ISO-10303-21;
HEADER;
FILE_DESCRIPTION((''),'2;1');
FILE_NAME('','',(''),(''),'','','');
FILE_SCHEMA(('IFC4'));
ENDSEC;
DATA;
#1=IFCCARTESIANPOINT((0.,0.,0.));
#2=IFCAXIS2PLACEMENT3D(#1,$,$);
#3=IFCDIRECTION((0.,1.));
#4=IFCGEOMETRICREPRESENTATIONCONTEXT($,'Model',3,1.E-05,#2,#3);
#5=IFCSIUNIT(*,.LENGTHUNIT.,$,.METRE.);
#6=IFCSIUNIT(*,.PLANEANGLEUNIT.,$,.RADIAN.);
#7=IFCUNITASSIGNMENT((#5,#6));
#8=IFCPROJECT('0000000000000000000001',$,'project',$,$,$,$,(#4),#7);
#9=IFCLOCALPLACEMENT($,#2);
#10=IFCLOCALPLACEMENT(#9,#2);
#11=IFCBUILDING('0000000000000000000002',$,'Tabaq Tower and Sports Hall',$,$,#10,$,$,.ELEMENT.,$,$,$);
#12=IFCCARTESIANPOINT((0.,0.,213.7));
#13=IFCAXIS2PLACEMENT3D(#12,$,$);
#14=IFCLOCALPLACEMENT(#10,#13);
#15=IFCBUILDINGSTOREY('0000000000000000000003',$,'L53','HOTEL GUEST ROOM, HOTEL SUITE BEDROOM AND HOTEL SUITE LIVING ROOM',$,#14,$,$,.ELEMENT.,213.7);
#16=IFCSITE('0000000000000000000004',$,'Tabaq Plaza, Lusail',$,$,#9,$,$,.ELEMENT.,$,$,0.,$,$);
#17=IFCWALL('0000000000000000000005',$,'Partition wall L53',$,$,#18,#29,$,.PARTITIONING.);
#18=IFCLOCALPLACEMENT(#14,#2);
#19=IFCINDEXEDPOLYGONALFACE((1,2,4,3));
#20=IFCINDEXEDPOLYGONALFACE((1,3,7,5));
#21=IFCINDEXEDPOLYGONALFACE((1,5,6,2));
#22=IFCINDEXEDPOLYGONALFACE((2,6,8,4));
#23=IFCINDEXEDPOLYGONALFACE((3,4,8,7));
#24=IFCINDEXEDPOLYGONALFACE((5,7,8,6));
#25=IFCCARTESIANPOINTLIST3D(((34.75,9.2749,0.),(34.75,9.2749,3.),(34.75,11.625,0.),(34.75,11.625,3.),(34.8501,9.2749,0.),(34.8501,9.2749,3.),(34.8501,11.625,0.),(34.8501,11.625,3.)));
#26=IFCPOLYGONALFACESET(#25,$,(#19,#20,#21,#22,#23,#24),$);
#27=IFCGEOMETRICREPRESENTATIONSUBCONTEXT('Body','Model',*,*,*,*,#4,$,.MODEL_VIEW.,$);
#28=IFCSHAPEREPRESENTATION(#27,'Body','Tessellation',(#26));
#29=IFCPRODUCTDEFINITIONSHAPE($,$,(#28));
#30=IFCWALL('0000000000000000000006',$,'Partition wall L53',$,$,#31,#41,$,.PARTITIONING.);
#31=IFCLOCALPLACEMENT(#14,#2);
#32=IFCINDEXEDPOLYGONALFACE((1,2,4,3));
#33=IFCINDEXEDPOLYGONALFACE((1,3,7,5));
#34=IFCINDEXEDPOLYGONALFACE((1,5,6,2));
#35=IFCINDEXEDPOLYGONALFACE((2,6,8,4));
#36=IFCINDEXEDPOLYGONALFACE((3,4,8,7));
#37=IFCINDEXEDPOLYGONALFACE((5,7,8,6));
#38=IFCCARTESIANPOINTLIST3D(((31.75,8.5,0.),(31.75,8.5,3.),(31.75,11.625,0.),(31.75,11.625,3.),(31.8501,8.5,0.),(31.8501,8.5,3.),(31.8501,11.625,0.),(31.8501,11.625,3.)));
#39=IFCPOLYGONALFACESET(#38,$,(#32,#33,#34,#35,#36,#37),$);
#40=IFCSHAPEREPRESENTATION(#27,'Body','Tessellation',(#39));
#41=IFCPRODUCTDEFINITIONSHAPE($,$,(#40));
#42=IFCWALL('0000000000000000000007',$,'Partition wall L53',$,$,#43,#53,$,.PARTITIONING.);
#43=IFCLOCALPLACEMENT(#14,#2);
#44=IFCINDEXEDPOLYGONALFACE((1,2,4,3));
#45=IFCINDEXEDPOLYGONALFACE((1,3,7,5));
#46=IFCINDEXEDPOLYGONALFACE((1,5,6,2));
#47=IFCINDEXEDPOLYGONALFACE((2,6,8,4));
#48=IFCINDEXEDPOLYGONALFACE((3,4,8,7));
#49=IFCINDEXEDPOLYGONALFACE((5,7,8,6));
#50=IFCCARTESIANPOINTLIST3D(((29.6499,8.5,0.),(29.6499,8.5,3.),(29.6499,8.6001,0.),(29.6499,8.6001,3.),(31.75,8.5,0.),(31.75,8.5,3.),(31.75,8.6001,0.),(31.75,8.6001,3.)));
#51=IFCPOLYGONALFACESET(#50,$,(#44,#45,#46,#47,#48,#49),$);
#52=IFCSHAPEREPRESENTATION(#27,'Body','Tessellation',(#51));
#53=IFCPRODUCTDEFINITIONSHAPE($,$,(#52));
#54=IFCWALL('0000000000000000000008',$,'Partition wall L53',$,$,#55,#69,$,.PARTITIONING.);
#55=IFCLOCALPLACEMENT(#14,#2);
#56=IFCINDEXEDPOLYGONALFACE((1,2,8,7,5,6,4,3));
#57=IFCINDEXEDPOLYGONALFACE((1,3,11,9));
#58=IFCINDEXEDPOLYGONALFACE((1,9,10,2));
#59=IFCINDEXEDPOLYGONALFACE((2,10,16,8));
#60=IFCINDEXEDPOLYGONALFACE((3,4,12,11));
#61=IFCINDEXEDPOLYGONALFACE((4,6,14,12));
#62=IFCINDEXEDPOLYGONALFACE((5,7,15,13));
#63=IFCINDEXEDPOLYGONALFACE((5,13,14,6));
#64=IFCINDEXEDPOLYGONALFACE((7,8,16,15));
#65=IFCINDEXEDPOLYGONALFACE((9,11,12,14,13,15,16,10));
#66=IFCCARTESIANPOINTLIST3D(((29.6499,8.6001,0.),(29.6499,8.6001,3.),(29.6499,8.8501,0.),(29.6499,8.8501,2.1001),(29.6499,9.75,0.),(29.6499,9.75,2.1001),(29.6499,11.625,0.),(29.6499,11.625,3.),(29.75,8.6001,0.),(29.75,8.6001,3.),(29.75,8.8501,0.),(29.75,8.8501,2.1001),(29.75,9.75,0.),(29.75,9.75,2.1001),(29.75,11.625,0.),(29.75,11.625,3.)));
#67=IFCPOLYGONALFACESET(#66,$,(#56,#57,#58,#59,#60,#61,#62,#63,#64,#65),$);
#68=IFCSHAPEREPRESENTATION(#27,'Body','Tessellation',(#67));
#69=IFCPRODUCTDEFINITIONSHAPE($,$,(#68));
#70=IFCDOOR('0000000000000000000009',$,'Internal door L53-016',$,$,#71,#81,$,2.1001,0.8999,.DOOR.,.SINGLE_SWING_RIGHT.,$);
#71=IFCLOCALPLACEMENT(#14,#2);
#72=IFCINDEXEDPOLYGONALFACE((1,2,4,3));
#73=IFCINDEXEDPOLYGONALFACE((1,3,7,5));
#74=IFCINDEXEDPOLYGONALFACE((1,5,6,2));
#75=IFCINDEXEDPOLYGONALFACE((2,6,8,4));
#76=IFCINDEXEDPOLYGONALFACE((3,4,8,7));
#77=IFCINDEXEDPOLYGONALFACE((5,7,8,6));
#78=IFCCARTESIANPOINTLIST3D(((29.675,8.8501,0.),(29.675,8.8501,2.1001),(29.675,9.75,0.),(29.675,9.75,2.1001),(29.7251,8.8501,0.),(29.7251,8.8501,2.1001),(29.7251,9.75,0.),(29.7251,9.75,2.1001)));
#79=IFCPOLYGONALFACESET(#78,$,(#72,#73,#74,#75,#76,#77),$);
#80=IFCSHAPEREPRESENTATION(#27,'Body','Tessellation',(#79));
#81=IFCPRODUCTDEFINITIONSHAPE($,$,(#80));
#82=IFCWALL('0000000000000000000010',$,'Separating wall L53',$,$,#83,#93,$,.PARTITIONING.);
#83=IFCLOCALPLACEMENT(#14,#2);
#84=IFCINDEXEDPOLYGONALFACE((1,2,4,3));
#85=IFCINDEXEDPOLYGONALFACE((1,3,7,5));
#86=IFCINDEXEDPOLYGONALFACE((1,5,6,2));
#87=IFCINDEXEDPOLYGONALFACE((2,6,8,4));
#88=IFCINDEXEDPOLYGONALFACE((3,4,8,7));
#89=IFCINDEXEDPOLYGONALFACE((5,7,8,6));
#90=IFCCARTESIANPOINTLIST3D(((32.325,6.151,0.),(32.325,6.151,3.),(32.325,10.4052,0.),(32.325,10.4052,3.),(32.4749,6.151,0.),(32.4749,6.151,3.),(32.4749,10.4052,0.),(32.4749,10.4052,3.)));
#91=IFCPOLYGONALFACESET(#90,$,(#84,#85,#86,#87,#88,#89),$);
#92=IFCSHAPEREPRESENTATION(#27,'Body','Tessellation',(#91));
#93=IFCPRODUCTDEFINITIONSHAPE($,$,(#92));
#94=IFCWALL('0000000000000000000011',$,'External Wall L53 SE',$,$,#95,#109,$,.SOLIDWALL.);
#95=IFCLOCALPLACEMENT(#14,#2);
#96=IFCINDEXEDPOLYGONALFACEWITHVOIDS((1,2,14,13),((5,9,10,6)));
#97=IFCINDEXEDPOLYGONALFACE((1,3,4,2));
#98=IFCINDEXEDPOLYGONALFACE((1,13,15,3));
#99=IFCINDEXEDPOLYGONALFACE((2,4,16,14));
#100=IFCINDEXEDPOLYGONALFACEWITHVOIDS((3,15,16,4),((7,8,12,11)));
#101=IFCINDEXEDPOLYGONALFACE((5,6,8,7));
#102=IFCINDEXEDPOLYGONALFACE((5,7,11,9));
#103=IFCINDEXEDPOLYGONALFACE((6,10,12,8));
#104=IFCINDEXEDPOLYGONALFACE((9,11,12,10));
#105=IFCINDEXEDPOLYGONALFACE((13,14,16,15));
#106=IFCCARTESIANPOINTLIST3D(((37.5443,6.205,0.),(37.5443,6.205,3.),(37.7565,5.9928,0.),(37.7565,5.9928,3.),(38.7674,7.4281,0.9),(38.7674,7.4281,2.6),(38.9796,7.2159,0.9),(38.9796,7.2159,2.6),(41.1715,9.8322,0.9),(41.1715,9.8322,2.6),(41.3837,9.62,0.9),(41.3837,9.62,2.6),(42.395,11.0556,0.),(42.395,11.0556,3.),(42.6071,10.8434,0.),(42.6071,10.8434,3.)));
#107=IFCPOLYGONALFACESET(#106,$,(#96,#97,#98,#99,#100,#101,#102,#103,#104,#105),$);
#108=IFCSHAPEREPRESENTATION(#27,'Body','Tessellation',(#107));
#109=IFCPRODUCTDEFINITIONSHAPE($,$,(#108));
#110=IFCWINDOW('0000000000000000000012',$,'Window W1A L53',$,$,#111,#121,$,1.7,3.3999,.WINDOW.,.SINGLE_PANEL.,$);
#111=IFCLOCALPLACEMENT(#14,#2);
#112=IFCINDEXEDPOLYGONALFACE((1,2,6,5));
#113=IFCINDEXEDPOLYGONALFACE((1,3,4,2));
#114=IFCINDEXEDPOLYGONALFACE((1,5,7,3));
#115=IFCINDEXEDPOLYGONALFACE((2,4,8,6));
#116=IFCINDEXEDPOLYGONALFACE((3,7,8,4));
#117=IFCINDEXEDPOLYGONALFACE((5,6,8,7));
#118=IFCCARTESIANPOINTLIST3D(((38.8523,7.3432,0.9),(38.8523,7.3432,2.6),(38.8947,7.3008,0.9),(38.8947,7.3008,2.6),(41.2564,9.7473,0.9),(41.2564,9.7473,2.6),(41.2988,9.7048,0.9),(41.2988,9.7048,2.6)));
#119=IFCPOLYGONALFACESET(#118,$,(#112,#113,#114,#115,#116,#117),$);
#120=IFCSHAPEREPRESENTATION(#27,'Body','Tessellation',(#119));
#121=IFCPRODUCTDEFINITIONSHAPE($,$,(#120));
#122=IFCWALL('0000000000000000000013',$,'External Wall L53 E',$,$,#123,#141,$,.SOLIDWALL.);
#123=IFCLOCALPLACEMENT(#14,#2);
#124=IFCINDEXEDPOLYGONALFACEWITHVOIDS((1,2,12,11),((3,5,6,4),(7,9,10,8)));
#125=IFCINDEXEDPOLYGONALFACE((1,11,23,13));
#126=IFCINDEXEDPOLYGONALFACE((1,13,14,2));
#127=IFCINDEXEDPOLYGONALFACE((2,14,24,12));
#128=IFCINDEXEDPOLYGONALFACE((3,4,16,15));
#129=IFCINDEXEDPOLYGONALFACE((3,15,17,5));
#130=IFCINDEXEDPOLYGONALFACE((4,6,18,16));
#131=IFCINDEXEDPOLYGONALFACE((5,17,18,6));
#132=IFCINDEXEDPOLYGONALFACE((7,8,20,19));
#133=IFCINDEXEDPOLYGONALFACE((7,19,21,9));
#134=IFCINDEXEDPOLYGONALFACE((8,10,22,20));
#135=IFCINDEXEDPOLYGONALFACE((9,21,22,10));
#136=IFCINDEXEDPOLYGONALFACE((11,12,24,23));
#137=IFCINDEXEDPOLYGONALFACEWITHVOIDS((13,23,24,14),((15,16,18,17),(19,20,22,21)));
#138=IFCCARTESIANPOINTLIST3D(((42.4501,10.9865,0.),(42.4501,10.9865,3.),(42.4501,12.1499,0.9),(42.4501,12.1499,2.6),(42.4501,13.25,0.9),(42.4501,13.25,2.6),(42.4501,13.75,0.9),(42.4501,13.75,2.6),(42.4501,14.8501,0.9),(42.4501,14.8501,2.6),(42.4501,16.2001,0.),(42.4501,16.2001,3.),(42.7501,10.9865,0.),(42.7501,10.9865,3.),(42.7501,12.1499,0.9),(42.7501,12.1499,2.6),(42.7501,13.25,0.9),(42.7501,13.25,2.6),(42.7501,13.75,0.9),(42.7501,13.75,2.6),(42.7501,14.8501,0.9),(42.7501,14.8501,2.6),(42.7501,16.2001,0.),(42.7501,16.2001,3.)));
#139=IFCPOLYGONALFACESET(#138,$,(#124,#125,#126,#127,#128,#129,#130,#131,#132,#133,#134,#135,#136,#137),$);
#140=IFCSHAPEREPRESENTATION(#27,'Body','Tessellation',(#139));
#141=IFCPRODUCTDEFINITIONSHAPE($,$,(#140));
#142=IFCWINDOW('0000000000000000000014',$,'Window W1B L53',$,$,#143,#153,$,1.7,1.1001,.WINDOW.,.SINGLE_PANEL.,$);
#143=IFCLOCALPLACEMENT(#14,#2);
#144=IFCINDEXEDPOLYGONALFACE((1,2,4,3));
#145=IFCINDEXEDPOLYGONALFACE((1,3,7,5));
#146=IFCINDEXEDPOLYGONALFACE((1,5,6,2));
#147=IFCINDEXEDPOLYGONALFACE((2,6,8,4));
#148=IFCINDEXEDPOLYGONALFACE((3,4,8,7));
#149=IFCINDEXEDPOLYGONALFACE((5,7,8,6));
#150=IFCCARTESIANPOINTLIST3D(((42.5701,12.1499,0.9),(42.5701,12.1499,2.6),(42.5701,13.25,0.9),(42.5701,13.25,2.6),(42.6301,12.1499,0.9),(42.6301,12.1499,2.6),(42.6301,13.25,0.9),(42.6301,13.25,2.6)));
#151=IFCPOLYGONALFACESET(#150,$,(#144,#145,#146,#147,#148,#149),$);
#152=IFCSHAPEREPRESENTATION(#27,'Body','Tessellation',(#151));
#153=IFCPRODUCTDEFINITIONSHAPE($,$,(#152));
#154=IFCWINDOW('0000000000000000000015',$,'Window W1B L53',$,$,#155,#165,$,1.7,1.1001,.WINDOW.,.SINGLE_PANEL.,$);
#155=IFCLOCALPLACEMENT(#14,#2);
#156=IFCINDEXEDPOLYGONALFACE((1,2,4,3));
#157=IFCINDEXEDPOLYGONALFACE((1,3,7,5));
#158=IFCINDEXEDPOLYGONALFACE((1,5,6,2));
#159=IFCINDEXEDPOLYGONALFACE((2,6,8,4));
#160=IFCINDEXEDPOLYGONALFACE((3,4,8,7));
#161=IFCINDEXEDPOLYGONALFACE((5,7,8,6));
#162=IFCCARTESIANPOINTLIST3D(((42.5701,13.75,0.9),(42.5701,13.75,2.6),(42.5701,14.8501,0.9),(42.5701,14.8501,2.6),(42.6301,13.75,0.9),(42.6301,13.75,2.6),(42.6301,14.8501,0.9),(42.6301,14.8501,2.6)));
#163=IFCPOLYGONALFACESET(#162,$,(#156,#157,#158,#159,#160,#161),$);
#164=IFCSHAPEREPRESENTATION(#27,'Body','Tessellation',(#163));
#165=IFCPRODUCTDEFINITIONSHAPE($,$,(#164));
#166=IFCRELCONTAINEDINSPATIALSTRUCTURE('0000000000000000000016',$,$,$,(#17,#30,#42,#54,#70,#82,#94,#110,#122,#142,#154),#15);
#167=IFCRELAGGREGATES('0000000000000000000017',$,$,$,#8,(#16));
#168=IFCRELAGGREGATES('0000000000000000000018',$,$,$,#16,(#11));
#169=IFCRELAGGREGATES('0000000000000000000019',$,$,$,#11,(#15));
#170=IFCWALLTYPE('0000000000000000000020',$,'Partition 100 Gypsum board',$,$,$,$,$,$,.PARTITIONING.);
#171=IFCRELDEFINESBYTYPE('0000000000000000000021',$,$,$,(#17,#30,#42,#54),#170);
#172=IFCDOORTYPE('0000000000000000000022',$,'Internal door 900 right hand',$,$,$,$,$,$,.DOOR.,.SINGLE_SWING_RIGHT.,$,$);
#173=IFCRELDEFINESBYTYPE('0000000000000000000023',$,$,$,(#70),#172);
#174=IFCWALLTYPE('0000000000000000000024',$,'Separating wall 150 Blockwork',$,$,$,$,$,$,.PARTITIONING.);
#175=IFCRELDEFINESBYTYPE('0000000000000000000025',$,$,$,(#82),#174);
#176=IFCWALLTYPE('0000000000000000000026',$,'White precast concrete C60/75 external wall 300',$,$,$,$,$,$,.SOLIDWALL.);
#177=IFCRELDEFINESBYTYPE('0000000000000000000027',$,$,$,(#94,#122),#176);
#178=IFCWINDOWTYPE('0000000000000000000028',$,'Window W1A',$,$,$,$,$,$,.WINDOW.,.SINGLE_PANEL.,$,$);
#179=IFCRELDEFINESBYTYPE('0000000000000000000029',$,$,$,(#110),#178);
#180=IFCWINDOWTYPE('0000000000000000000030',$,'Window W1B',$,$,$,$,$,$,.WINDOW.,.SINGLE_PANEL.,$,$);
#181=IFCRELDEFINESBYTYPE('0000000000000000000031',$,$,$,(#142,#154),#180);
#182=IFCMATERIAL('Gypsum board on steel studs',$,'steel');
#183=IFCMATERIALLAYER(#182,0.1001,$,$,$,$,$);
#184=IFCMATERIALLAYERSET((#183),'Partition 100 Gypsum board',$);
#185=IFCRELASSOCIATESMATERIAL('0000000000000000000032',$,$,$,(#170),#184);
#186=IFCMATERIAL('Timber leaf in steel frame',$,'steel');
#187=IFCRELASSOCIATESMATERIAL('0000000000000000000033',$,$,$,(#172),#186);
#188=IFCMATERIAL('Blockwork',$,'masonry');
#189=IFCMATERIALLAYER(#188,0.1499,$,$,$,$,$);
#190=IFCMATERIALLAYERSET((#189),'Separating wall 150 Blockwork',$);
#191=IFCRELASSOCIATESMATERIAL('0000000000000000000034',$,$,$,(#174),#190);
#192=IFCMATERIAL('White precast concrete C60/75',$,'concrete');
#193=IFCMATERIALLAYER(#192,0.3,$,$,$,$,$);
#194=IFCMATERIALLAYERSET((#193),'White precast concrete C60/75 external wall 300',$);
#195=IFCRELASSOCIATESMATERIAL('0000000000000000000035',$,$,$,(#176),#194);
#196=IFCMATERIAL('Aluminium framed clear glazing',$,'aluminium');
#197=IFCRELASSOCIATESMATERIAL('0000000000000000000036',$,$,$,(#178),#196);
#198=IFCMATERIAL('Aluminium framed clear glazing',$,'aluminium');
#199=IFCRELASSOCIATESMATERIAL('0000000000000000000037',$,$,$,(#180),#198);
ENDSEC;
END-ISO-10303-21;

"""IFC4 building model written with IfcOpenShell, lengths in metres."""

from ifc_helpers import new_model, si_unit, direction, frame, frame_2d, origin, place, context, subcontext, project, spatial, rectangle, extrude, material, layer, layer_set, type_object, element, fill, save


model = new_model("IFC4")

# Units and contexts
model_context = context("Model", 3, precision=1e-05, world=origin(), true_north=direction((0.0, 1.0)))
body_context = subcontext(model_context, "Body", "Model", "MODEL_VIEW")
ifc_project = project(units=[si_unit("LENGTHUNIT", "METRE"), si_unit("PLANEANGLEUNIT", "RADIAN")], contexts=[model_context])

# Site, building, storey
site_placement = place(None, origin())
site = spatial("IfcSite", under=ifc_project, at=site_placement, Name="Tabaq Plaza, Lusail", CompositionType="ELEMENT", RefElevation=0.0)
building_placement = place(site_placement, origin())
building = spatial("IfcBuilding", under=site, at=building_placement, Name="Tabaq Tower and Sports Hall", CompositionType="ELEMENT")
storey_placement = place(building_placement, frame((0.0, 0.0, 213.7)))
storey = spatial("IfcBuildingStorey", under=building, at=storey_placement, Name="L53", Description="HOTEL GUEST ROOM, HOTEL SUITE BEDROOM AND HOTEL SUITE LIVING ROOM", CompositionType="ELEMENT", Elevation=213.7)

# Shared definitions
ifc_material_1 = material(Name="Gypsum board on steel studs", Category="steel")
ifc_layer_1 = layer(ifc_material_1, 0.1001)
ifc_layer_set_1 = layer_set([ifc_layer_1], Name="Partition 100 Gypsum board")
wall_type_1 = type_object("IfcWallType", Name="Partition 100 Gypsum board", PredefinedType="PARTITIONING", material=ifc_layer_set_1)

# Shared definitions
ifc_material_2 = material(Name="Timber leaf in steel frame", Category="steel")
door_type_1 = type_object("IfcDoorType", Name="Internal door 900 right hand", OperationType="SINGLE_SWING_RIGHT", PredefinedType="DOOR", material=ifc_material_2)

# Walls
wall_1_placement = place(storey_placement, frame((34.8, 9.2749, 0.0), z_axis=(0.0, 0.0, 1.0), x_axis=(0.0, 1.0, 0.0)))
element("IfcWall", 1, at=wall_1_placement, inside=storey, type_object=wall_type_1, Name="Partition wall L53", PredefinedType="PARTITIONING", context=body_context, shape_type="SweptSolid", body=[
    extrude(rectangle(XDim=2.3501, YDim=0.1001, at=frame_2d((1.175, 0.0))), origin(), (0.0, 0.0, 1.0), 3.0),
])
wall_2_placement = place(storey_placement, frame((31.8, 11.625, 0.0), z_axis=(0.0, 0.0, 1.0), x_axis=(0.0, -1.0, 0.0)))
element("IfcWall", 2, at=wall_2_placement, inside=storey, type_object=wall_type_1, Name="Partition wall L53", PredefinedType="PARTITIONING", context=body_context, shape_type="SweptSolid", body=[
    extrude(rectangle(XDim=3.125, YDim=0.1001, at=frame_2d((1.5625, 0.0))), origin(), (0.0, 0.0, 1.0), 3.0),
])
wall_3_placement = place(storey_placement, frame((31.75, 8.55, 0.0), z_axis=(0.0, 0.0, 1.0), x_axis=(-1.0, 0.0, 0.0)))
element("IfcWall", 3, at=wall_3_placement, inside=storey, type_object=wall_type_1, Name="Partition wall L53", PredefinedType="PARTITIONING", context=body_context, shape_type="SweptSolid", body=[
    extrude(rectangle(XDim=2.1001, YDim=0.1001, at=frame_2d((1.05, 0.0))), origin(), (0.0, 0.0, 1.0), 3.0),
])

# Wall, opening, door
wall_4_placement = place(storey_placement, frame((29.7, 8.6001, 0.0), z_axis=(0.0, 0.0, 1.0), x_axis=(0.0, 1.0, 0.0)))
wall_4 = element("IfcWall", 4, at=wall_4_placement, inside=storey, type_object=wall_type_1, Name="Partition wall L53", PredefinedType="PARTITIONING", context=body_context, shape_type="SweptSolid", body=[
    extrude(rectangle(XDim=3.0249, YDim=0.1001, at=frame_2d((1.5125, 0.0))), origin(), (0.0, 0.0, 1.0), 3.0),
])
opening_1_placement = place(wall_4_placement, frame((0.25, 0.0, 0.0)))
opening_1 = element("IfcOpeningElement", 5, at=opening_1_placement, cuts=wall_4, PredefinedType="OPENING", context=body_context, shape_type="SweptSolid", body=[
    extrude(rectangle(XDim=0.8999, YDim=2.1001, at=frame_2d((0.45, 1.05))), frame((0.0, 0.05, 0.0), z_axis=(0.0, -1.0, 0.0), x_axis=(1.0, 0.0, 0.0)), (0.0, 0.0, 1.0), 0.1001),
])
door_1_placement = place(opening_1_placement, origin())
door_1 = element("IfcDoor", 6, at=door_1_placement, inside=storey, type_object=door_type_1, Name="Internal door L53-016", OperationType="SINGLE_SWING_RIGHT", OverallHeight=2.1001, OverallWidth=0.8999, PredefinedType="DOOR", context=body_context, shape_type="SweptSolid", body=[
    extrude(rectangle(XDim=0.8999, YDim=2.1001, at=frame_2d((0.45, 1.05))), frame((0.0, 0.0249, 0.0), z_axis=(0.0, -1.0, 0.0), x_axis=(1.0, 0.0, 0.0)), (0.0, 0.0, 1.0), 0.05),
])
fill(opening_1, door_1)

# Wall
ifc_material_3 = material(Name="Blockwork", Category="masonry")
ifc_layer_2 = layer(ifc_material_3, 0.1499)
ifc_layer_set_2 = layer_set([ifc_layer_2], Name="Separating wall 150 Blockwork")
wall_type_2 = type_object("IfcWallType", Name="Separating wall 150 Blockwork", PredefinedType="PARTITIONING", material=ifc_layer_set_2)
wall_5_placement = place(storey_placement, frame((32.3999, 10.405, 0.0), z_axis=(0.0, 0.0, 1.0), x_axis=(0.0, -1.0, 0.0)))
element("IfcWall", 7, at=wall_5_placement, inside=storey, type_object=wall_type_2, Name="Separating wall L53", PredefinedType="PARTITIONING", context=body_context, shape_type="SweptSolid", body=[
    extrude(rectangle(XDim=4.2542, YDim=0.1499, at=frame_2d((2.127, 0.0))), origin(), (0.0, 0.0, 1.0), 3.0),
])

# Wall, opening, window
ifc_material_4 = material(Name="White precast concrete C60/75", Category="concrete")
ifc_layer_3 = layer(ifc_material_4, 0.3)
ifc_layer_set_3 = layer_set([ifc_layer_3], Name="White precast concrete C60/75 external wall 300")
wall_type_3 = type_object("IfcWallType", Name="White precast concrete C60/75 external wall 300", PredefinedType="SOLIDWALL", material=ifc_layer_set_3)
wall_6_placement = place(storey_placement, frame((37.6504, 6.0989, 0.0), z_axis=(0.0, 0.0, 1.0), x_axis=(0.707107, 0.707107, 0.0)))
wall_6 = element("IfcWall", 8, at=wall_6_placement, inside=storey, type_object=wall_type_3, Name="External Wall L53 SE", PredefinedType="SOLIDWALL", context=body_context, shape_type="SweptSolid", body=[
    extrude(rectangle(XDim=6.8599, YDim=0.3, at=frame_2d((3.4299, 0.0))), origin(), (0.0, 0.0, 1.0), 3.0),
])
opening_2_placement = place(wall_6_placement, frame((1.7297, 0.0, 0.8999)))
opening_2 = element("IfcOpeningElement", 9, at=opening_2_placement, cuts=wall_6, PredefinedType="OPENING", context=body_context, shape_type="SweptSolid", body=[
    extrude(rectangle(XDim=3.3999, YDim=1.7, at=frame_2d((1.7, 0.8501))), frame((0.0, 0.1602, 0.0), z_axis=(0.0, -1.0, 0.0), x_axis=(1.0, 0.0, 0.0)), (0.0, 0.0, 1.0), 0.3201),
])
ifc_material_5 = material(Name="Aluminium framed clear glazing", Category="aluminium")
window_type_1 = type_object("IfcWindowType", Name="Window W1A", PartitioningType="SINGLE_PANEL", PredefinedType="WINDOW", material=ifc_material_5)
window_1_placement = place(opening_2_placement, origin())
window_1 = element("IfcWindow", 10, at=window_1_placement, inside=storey, type_object=window_type_1, Name="Window W1A L53", OverallHeight=1.7, OverallWidth=3.3999, PartitioningType="SINGLE_PANEL", PredefinedType="WINDOW", context=body_context, shape_type="SweptSolid", body=[
    extrude(rectangle(XDim=3.3999, YDim=1.7, at=frame_2d((1.7, 0.8501))), frame((0.0, 0.03, 0.0), z_axis=(0.0, -1.0, 0.0), x_axis=(1.0, 0.0, 0.0)), (0.0, 0.0, 1.0), 0.0601),
])
fill(opening_2, window_1)

# Wall, openings, windows
wall_7_placement = place(storey_placement, frame((42.6001, 10.9863, 0.0), z_axis=(0.0, 0.0, 1.0), x_axis=(0.0, 1.0, 0.0)))
wall_7 = element("IfcWall", 11, at=wall_7_placement, inside=storey, type_object=wall_type_3, Name="External Wall L53 E", PredefinedType="SOLIDWALL", context=body_context, shape_type="SweptSolid", body=[
    extrude(rectangle(XDim=5.2136, YDim=0.3, at=frame_2d((2.6069, 0.0))), origin(), (0.0, 0.0, 1.0), 3.0),
])
opening_3_placement = place(wall_7_placement, frame((1.1636, 0.0, 0.8999)))
opening_3 = element("IfcOpeningElement", 12, at=opening_3_placement, cuts=wall_7, PredefinedType="OPENING", context=body_context, shape_type="SweptSolid", body=[
    extrude(rectangle(XDim=1.1001, YDim=1.7, at=frame_2d((0.55, 0.8501))), frame((0.0, 0.1602, 0.0), z_axis=(0.0, -1.0, 0.0), x_axis=(1.0, 0.0, 0.0)), (0.0, 0.0, 1.0), 0.3201),
])
opening_4_placement = place(wall_7_placement, frame((2.7637, 0.0, 0.8999)))
opening_4 = element("IfcOpeningElement", 13, at=opening_4_placement, cuts=wall_7, PredefinedType="OPENING", context=body_context, shape_type="SweptSolid", body=[
    extrude(rectangle(XDim=1.1001, YDim=1.7, at=frame_2d((0.55, 0.8501))), frame((0.0, 0.1602, 0.0), z_axis=(0.0, -1.0, 0.0), x_axis=(1.0, 0.0, 0.0)), (0.0, 0.0, 1.0), 0.3201),
])
ifc_material_6 = material(Name="Aluminium framed clear glazing", Category="aluminium")
window_type_2 = type_object("IfcWindowType", Name="Window W1B", PartitioningType="SINGLE_PANEL", PredefinedType="WINDOW", material=ifc_material_6)
window_2_placement = place(opening_3_placement, origin())
window_2 = element("IfcWindow", 14, at=window_2_placement, inside=storey, type_object=window_type_2, Name="Window W1B L53", OverallHeight=1.7, OverallWidth=1.1001, PartitioningType="SINGLE_PANEL", PredefinedType="WINDOW", context=body_context, shape_type="SweptSolid", body=[
    extrude(rectangle(XDim=1.1001, YDim=1.7, at=frame_2d((0.55, 0.8501))), frame((0.0, 0.03, 0.0), z_axis=(0.0, -1.0, 0.0), x_axis=(1.0, 0.0, 0.0)), (0.0, 0.0, 1.0), 0.0601),
])
fill(opening_3, window_2)
window_3_placement = place(opening_4_placement, origin())
window_3 = element("IfcWindow", 15, at=window_3_placement, inside=storey, type_object=window_type_2, Name="Window W1B L53", OverallHeight=1.7, OverallWidth=1.1001, PartitioningType="SINGLE_PANEL", PredefinedType="WINDOW", context=body_context, shape_type="SweptSolid", body=[
    extrude(rectangle(XDim=1.1001, YDim=1.7, at=frame_2d((0.55, 0.8501))), frame((0.0, 0.03, 0.0), z_axis=(0.0, -1.0, 0.0), x_axis=(1.0, 0.0, 0.0)), (0.0, 0.0, 1.0), 0.0601),
])
fill(opening_4, window_3)

save(model, "model.ifc")
